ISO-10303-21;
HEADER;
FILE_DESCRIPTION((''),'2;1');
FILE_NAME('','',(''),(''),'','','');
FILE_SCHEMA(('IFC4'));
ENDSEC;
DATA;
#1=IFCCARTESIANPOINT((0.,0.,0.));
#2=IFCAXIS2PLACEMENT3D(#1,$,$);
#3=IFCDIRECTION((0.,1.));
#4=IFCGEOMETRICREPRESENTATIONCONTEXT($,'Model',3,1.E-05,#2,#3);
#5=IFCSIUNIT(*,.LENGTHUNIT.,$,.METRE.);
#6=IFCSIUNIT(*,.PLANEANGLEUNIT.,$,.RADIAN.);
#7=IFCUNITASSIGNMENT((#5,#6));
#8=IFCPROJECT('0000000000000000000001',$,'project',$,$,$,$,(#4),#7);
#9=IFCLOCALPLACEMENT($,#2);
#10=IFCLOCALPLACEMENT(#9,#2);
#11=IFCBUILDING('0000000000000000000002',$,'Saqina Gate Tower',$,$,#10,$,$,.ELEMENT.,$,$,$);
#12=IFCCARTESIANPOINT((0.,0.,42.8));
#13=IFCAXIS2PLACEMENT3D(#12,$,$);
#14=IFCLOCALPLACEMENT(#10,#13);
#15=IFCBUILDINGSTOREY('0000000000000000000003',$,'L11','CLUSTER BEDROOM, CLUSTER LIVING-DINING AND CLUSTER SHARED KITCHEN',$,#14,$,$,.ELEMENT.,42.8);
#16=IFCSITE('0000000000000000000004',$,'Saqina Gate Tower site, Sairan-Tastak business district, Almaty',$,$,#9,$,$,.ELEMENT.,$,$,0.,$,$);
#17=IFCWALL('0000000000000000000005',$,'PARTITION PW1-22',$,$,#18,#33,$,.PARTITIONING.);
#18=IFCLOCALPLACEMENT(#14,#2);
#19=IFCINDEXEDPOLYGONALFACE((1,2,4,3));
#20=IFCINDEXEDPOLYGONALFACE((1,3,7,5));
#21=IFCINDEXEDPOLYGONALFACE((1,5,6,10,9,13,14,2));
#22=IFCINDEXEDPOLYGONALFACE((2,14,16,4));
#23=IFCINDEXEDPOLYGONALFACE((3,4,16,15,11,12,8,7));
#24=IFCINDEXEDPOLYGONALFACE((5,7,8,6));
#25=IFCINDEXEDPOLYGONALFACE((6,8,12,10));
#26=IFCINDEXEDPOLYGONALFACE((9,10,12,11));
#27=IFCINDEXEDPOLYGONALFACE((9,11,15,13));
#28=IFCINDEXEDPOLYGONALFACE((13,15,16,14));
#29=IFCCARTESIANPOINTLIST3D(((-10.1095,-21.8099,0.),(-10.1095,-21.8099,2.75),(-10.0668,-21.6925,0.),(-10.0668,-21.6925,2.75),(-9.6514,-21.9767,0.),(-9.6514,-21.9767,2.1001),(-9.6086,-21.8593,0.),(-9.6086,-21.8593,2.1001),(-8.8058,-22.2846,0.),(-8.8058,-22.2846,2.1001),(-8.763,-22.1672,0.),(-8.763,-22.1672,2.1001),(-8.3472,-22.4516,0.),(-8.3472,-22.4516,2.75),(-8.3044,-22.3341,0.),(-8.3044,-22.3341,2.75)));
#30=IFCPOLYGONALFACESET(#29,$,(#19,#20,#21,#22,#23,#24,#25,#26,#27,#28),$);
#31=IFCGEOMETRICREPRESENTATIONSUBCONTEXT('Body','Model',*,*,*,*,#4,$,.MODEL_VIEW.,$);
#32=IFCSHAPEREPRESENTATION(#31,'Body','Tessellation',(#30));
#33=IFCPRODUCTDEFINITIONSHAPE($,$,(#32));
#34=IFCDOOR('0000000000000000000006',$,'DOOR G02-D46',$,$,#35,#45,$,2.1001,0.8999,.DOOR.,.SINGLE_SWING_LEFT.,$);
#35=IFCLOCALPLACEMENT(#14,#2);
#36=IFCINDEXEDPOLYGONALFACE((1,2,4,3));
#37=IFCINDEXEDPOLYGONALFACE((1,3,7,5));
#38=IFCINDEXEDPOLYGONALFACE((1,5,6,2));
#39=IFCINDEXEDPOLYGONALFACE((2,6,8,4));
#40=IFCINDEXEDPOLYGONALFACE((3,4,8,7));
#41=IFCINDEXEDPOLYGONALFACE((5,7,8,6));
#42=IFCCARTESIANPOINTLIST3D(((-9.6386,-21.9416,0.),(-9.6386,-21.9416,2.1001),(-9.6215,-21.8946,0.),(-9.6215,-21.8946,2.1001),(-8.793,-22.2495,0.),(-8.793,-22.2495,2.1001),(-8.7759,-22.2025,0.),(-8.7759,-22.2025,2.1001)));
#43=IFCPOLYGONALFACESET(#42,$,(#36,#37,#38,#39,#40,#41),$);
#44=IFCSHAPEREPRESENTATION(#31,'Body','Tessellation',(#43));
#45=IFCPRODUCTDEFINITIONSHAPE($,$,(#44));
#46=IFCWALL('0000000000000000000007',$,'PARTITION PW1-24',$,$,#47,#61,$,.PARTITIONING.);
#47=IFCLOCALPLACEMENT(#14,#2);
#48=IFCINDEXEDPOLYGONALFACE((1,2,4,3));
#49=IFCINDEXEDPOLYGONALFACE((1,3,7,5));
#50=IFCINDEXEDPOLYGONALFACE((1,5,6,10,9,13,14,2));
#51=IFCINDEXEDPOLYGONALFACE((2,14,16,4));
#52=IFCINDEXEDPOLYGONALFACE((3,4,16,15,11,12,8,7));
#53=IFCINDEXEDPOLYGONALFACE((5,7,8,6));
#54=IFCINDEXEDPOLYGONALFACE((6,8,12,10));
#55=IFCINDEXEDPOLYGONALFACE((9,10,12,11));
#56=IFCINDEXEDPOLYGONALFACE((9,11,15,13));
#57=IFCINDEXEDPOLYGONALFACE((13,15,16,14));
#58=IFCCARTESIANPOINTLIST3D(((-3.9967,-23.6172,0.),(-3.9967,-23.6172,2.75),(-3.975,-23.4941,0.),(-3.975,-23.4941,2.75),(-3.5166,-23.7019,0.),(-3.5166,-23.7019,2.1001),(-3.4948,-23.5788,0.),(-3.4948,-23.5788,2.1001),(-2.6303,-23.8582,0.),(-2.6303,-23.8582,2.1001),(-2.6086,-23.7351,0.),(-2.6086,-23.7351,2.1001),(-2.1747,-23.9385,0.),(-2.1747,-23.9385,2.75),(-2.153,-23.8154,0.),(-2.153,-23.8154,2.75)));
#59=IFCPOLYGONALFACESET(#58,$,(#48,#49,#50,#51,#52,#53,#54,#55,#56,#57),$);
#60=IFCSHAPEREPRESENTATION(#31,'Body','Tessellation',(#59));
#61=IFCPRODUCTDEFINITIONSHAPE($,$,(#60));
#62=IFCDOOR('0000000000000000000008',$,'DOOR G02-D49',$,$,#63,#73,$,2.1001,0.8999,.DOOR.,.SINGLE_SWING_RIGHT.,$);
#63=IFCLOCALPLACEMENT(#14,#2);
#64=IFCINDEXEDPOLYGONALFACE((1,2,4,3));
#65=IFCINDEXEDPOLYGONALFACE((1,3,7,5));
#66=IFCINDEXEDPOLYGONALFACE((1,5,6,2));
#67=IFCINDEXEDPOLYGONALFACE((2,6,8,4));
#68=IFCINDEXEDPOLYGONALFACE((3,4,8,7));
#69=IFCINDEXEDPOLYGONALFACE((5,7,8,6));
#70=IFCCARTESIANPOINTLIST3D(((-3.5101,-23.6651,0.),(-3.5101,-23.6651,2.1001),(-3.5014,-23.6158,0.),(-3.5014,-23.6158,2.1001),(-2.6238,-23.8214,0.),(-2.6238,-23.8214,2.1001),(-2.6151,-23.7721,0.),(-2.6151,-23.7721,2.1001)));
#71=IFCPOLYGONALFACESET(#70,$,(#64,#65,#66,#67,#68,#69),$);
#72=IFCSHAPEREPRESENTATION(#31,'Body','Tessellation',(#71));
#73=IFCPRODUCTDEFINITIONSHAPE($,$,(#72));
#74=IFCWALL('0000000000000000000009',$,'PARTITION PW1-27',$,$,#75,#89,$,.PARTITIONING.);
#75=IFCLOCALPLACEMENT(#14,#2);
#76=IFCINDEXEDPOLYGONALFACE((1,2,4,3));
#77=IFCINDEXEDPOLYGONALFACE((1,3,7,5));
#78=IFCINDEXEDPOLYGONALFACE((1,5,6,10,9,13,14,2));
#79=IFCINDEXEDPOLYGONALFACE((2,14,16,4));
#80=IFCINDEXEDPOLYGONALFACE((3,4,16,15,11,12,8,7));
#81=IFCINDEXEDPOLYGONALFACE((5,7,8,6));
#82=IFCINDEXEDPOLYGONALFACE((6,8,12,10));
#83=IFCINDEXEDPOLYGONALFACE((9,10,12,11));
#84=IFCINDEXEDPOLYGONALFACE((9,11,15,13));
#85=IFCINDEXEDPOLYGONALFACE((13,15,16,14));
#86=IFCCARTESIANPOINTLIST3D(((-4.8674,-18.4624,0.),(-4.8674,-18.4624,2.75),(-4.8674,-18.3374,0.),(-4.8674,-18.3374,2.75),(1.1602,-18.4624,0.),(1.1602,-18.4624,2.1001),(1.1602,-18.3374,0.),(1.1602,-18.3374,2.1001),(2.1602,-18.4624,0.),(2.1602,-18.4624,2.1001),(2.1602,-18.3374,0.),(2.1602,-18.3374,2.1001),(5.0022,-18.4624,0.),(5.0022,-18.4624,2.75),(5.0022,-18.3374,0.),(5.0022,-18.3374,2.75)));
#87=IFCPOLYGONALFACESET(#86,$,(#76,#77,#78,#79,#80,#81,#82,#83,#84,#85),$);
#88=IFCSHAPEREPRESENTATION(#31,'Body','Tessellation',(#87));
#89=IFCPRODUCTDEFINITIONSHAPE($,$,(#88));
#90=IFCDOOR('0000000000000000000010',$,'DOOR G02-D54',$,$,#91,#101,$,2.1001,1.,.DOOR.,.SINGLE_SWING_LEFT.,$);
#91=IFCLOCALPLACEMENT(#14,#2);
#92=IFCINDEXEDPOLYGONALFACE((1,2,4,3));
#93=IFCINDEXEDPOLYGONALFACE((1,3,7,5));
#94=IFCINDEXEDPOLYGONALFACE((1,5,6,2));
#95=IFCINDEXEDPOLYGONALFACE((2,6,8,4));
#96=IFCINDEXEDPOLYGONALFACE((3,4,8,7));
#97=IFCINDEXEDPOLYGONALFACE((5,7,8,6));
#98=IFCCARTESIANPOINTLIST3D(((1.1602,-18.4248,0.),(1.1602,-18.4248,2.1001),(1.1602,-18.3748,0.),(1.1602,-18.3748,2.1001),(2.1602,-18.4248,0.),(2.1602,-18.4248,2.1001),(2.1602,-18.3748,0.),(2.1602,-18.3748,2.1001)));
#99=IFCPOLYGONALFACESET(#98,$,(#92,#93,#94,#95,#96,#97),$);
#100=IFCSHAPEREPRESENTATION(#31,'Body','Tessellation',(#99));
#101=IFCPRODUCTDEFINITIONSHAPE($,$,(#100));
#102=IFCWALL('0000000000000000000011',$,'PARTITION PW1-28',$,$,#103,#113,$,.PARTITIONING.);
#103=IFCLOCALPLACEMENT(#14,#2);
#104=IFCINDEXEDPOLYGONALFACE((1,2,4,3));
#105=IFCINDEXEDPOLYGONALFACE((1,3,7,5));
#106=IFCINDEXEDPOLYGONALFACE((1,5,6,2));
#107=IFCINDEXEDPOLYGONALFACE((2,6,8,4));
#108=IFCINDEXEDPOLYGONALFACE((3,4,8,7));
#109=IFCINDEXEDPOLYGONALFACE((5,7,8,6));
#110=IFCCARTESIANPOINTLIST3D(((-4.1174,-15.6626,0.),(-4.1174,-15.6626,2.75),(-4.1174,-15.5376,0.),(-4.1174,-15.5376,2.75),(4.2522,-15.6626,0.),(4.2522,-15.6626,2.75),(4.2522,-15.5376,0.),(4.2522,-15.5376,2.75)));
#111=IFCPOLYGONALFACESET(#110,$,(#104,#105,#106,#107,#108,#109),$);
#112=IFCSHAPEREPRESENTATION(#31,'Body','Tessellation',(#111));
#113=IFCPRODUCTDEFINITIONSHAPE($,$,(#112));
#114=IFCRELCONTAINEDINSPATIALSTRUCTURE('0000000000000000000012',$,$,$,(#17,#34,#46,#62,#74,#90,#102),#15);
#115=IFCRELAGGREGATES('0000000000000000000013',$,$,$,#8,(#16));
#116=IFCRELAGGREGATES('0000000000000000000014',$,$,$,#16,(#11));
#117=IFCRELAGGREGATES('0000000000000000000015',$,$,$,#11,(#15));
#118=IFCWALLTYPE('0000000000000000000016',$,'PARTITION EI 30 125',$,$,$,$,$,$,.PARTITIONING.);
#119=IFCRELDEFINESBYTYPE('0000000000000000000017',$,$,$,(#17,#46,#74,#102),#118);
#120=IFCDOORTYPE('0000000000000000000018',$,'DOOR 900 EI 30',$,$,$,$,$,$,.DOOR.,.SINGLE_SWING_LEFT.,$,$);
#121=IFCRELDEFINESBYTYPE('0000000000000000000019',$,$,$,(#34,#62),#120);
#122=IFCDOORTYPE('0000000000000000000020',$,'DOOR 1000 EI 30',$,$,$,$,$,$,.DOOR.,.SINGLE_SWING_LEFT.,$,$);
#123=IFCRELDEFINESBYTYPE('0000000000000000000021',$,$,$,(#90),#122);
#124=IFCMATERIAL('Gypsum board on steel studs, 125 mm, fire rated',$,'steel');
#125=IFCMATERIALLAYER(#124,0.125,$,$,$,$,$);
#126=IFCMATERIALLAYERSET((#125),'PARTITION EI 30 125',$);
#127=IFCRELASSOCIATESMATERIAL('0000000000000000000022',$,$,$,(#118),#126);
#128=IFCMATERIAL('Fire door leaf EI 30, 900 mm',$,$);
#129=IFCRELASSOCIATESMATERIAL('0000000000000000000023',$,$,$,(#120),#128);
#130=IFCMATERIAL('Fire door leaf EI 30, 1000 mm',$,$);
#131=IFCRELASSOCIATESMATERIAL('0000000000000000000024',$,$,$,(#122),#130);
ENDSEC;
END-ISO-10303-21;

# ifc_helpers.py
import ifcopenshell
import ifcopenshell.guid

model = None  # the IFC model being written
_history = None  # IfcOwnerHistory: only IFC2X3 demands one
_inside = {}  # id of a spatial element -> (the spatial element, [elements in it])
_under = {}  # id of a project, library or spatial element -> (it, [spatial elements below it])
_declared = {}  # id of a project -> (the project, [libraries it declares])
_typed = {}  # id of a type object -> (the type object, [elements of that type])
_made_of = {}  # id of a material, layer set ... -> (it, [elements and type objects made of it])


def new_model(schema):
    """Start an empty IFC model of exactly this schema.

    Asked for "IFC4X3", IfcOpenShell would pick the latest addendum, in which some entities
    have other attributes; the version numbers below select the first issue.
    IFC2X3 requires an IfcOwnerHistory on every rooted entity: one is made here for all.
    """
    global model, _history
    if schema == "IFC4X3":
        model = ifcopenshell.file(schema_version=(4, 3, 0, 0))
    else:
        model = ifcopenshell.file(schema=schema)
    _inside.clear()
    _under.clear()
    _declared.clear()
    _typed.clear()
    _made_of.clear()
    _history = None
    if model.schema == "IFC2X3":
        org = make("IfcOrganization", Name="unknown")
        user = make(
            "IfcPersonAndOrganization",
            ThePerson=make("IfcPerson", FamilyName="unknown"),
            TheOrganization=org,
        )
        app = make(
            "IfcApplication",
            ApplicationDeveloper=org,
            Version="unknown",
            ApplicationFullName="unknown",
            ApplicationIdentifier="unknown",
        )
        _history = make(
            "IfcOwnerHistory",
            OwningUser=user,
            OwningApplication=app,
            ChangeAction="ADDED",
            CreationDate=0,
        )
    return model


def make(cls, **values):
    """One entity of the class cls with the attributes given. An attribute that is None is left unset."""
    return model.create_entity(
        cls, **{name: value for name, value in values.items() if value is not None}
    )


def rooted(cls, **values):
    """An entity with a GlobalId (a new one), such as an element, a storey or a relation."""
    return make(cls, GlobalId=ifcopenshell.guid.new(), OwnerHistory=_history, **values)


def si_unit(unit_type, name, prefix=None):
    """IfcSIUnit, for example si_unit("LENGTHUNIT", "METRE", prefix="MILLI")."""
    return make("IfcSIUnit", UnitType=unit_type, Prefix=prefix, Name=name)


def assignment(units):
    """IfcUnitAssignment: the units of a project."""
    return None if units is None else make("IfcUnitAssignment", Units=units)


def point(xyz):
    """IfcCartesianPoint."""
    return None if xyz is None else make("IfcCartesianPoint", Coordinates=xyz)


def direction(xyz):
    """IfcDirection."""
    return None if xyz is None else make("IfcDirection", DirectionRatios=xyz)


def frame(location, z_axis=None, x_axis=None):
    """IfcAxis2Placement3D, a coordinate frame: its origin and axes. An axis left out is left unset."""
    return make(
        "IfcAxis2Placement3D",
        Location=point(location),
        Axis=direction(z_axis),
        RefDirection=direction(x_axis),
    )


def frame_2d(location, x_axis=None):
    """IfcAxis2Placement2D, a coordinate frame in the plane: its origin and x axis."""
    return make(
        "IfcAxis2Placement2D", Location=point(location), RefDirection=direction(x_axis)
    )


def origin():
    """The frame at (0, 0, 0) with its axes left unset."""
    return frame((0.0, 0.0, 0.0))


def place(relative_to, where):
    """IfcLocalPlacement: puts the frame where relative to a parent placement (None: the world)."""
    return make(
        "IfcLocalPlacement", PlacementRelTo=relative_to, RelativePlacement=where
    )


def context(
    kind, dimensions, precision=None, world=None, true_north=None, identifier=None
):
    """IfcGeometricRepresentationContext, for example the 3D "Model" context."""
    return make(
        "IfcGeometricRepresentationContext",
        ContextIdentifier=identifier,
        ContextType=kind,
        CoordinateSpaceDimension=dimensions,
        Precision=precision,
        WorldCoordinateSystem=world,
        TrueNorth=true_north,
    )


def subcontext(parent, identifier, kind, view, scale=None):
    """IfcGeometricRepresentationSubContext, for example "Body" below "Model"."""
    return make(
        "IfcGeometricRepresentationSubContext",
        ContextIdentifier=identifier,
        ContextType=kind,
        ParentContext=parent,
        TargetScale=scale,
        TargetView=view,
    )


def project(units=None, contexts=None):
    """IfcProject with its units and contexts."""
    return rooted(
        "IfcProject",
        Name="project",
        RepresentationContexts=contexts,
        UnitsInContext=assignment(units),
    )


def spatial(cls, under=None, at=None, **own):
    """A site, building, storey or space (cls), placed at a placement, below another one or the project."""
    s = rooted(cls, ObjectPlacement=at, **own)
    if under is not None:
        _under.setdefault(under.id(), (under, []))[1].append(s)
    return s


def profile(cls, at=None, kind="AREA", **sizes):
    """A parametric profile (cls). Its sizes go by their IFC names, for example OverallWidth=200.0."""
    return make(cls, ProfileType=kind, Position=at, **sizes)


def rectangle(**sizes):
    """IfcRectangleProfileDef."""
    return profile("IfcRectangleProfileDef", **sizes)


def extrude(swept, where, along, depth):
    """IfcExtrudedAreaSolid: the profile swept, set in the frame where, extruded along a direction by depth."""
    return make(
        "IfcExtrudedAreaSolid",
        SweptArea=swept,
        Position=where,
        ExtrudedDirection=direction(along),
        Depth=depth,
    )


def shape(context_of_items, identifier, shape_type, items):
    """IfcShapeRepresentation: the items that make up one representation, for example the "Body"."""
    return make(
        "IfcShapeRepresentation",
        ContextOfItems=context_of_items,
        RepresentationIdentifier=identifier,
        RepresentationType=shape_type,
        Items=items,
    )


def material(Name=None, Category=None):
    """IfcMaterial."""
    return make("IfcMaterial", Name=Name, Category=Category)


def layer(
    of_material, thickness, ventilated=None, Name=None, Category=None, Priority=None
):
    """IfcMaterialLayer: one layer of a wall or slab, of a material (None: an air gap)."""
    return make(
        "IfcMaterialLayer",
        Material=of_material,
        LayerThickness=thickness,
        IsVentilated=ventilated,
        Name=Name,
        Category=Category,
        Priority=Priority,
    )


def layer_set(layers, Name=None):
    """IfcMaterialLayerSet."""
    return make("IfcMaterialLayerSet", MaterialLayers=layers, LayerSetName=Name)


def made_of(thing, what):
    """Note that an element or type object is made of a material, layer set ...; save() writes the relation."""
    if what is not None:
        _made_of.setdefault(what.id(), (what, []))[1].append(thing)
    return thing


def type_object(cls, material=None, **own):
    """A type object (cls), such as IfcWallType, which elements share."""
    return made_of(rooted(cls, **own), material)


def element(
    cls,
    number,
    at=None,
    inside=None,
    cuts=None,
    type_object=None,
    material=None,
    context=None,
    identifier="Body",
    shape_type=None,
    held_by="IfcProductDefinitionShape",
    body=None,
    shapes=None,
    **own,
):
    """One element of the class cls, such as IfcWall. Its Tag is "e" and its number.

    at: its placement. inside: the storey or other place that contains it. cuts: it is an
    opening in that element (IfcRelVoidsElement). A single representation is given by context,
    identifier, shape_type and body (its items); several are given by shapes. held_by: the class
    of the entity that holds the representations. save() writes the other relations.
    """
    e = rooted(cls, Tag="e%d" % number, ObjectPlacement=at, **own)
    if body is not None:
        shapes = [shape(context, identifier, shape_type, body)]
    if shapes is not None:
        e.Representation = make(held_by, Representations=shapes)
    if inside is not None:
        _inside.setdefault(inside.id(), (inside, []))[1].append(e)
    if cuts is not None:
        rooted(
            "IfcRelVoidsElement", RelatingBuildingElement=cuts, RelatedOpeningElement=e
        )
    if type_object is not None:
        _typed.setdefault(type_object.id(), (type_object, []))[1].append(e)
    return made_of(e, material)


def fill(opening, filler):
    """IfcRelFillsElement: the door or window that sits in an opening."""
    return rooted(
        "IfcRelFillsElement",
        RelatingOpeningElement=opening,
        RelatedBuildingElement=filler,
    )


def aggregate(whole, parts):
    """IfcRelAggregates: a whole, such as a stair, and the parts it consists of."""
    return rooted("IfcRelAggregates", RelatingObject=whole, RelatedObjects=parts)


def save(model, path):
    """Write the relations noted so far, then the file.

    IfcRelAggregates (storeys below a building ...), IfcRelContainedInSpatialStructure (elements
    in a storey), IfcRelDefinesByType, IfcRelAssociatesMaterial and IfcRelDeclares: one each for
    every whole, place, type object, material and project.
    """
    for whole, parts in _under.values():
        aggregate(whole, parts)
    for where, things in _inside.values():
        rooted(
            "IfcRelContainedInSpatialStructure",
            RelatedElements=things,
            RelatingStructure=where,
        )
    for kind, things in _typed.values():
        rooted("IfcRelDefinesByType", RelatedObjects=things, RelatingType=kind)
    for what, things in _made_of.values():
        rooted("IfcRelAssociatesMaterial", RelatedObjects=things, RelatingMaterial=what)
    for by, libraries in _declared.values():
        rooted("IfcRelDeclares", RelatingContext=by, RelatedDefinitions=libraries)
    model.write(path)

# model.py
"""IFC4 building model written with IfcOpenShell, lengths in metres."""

from ifc_helpers import new_model, si_unit, direction, frame, frame_2d, origin, place, context, subcontext, project, spatial, rectangle, extrude, material, layer, layer_set, type_object, element, fill, save


model = new_model("IFC4")

# Units and contexts
model_context = context("Model", 3, precision=1e-05, world=origin(), true_north=direction((0.0, 1.0)))
body_context = subcontext(model_context, "Body", "Model", "MODEL_VIEW")
ifc_project = project(units=[si_unit("LENGTHUNIT", "METRE"), si_unit("PLANEANGLEUNIT", "RADIAN")], contexts=[model_context])

# Site, building, storey
site_placement = place(None, origin())
site = spatial("IfcSite", under=ifc_project, at=site_placement, Name="Saqina Gate Tower site, Sairan-Tastak business district, Almaty", CompositionType="ELEMENT", RefElevation=0.0)
building_placement = place(site_placement, origin())
building = spatial("IfcBuilding", under=site, at=building_placement, Name="Saqina Gate Tower", CompositionType="ELEMENT")
storey_placement = place(building_placement, frame((0.0, 0.0, 42.8)))
storey = spatial("IfcBuildingStorey", under=building, at=storey_placement, Name="L11", Description="CLUSTER BEDROOM, CLUSTER LIVING-DINING AND CLUSTER SHARED KITCHEN", CompositionType="ELEMENT", Elevation=42.8)

# Walls, openings, doors
ifc_material_1 = material(Name="Gypsum board on steel studs, 125 mm, fire rated", Category="steel")
ifc_layer_1 = layer(ifc_material_1, 0.125)
ifc_layer_set_1 = layer_set([ifc_layer_1], Name="PARTITION EI 30 125")
wall_type_1 = type_object("IfcWallType", Name="PARTITION EI 30 125", PredefinedType="PARTITIONING", material=ifc_layer_set_1)
ifc_material_2 = material(Name="Fire door leaf EI 30, 900 mm")
door_type_1 = type_object("IfcDoorType", Name="DOOR 900 EI 30", OperationType="SINGLE_SWING_LEFT", PredefinedType="DOOR", material=ifc_material_2)
wall_1_placement = place(storey_placement, frame((-10.0881, -21.7512, 0.0), z_axis=(0.0, 0.0, 1.0), x_axis=(0.939657, -0.342119, 0.0)))
wall_1 = element("IfcWall", 1, at=wall_1_placement, inside=storey, type_object=wall_type_1, Name="PARTITION PW1-22", PredefinedType="PARTITIONING", context=body_context, shape_type="SweptSolid", body=[
    extrude(rectangle(XDim=1.8755, YDim=0.125, at=frame_2d((0.9377, 0.0))), origin(), (0.0, 0.0, 1.0), 2.75),
])
opening_1_placement = place(wall_1_placement, frame((0.4875, 0.0, 0.0)))
opening_1 = element("IfcOpeningElement", 2, at=opening_1_placement, cuts=wall_1, PredefinedType="OPENING", context=body_context, shape_type="SweptSolid", body=[
    extrude(rectangle(XDim=0.8999, YDim=2.1001, at=frame_2d((0.45, 1.05))), frame((0.0, 0.0745, 0.0), z_axis=(0.0, -1.0, 0.0), x_axis=(1.0, 0.0, 0.0)), (0.0, 0.0, 1.0), 0.1489),
])
door_1_placement = place(opening_1_placement, origin())
door_1 = element("IfcDoor", 3, at=door_1_placement, inside=storey, type_object=door_type_1, Name="DOOR G02-D46", OperationType="SINGLE_SWING_LEFT", OverallHeight=2.1001, OverallWidth=0.8999, PredefinedType="DOOR", context=body_context, shape_type="SweptSolid", body=[
    extrude(rectangle(XDim=0.8999, YDim=2.1001, at=frame_2d((0.45, 1.05))), frame((0.0, 0.0249, 0.0), z_axis=(0.0, -1.0, 0.0), x_axis=(1.0, 0.0, 0.0)), (0.0, 0.0, 1.0), 0.05),
])
fill(opening_1, door_1)
wall_2_placement = place(storey_placement, frame((-3.9858, -23.5557, 0.0), z_axis=(0.0, 0.0, 1.0), x_axis=(0.984806, -0.173657, 0.0)))
wall_2 = element("IfcWall", 4, at=wall_2_placement, inside=storey, type_object=wall_type_1, Name="PARTITION PW1-24", PredefinedType="PARTITIONING", context=body_context, shape_type="SweptSolid", body=[
    extrude(rectangle(XDim=1.8501, YDim=0.125, at=frame_2d((0.925, 0.0))), origin(), (0.0, 0.0, 1.0), 2.75),
])
opening_2_placement = place(wall_2_placement, frame((0.4875, 0.0, 0.0)))
opening_2 = element("IfcOpeningElement", 5, at=opening_2_placement, cuts=wall_2, PredefinedType="OPENING", context=body_context, shape_type="SweptSolid", body=[
    extrude(rectangle(XDim=0.8999, YDim=2.1001, at=frame_2d((0.45, 1.05))), frame((0.0, 0.0745, 0.0), z_axis=(0.0, -1.0, 0.0), x_axis=(1.0, 0.0, 0.0)), (0.0, 0.0, 1.0), 0.1489),
])
door_2_placement = place(opening_2_placement, origin())
door_2 = element("IfcDoor", 6, at=door_2_placement, inside=storey, type_object=door_type_1, Name="DOOR G02-D49", OperationType="SINGLE_SWING_RIGHT", OverallHeight=2.1001, OverallWidth=0.8999, PredefinedType="DOOR", context=body_context, shape_type="SweptSolid", body=[
    extrude(rectangle(XDim=0.8999, YDim=2.1001, at=frame_2d((0.45, 1.05))), frame((0.0, 0.0249, 0.0), z_axis=(0.0, -1.0, 0.0), x_axis=(1.0, 0.0, 0.0)), (0.0, 0.0, 1.0), 0.05),
])
fill(opening_2, door_2)
wall_3_placement = place(storey_placement, frame((-4.8674, -18.3999, 0.0), z_axis=(0.0, 0.0, 1.0), x_axis=(1.0, 0.0, 0.0)))
wall_3 = element("IfcWall", 7, at=wall_3_placement, inside=storey, type_object=wall_type_1, Name="PARTITION PW1-27", PredefinedType="PARTITIONING", context=body_context, shape_type="SweptSolid", body=[
    extrude(rectangle(XDim=9.8696, YDim=0.125, at=frame_2d((4.9348, 0.0))), origin(), (0.0, 0.0, 1.0), 2.75),
])
opening_3_placement = place(wall_3_placement, frame((6.0276, 0.0, 0.0)))
opening_3 = element("IfcOpeningElement", 8, at=opening_3_placement, cuts=wall_3, PredefinedType="OPENING", context=body_context, shape_type="SweptSolid", body=[
    extrude(rectangle(XDim=1.0, YDim=2.1001, at=frame_2d((0.5, 1.05))), frame((0.0, 0.0745, 0.0), z_axis=(0.0, -1.0, 0.0), x_axis=(1.0, 0.0, 0.0)), (0.0, 0.0, 1.0), 0.1489),
])
ifc_material_3 = material(Name="Fire door leaf EI 30, 1000 mm")
door_type_2 = type_object("IfcDoorType", Name="DOOR 1000 EI 30", OperationType="SINGLE_SWING_LEFT", PredefinedType="DOOR", material=ifc_material_3)
door_3_placement = place(opening_3_placement, frame((1.0, 0.0, 0.0), z_axis=(0.0, 0.0, 1.0), x_axis=(-1.0, 0.0, 0.0)))
door_3 = element("IfcDoor", 9, at=door_3_placement, inside=storey, type_object=door_type_2, Name="DOOR G02-D54", OperationType="SINGLE_SWING_LEFT", OverallHeight=2.1001, OverallWidth=1.0, PredefinedType="DOOR", context=body_context, shape_type="SweptSolid", body=[
    extrude(rectangle(XDim=1.0, YDim=2.1001, at=frame_2d((0.5, 1.05))), frame((0.0, 0.0249, 0.0), z_axis=(0.0, -1.0, 0.0), x_axis=(1.0, 0.0, 0.0)), (0.0, 0.0, 1.0), 0.05),
])
fill(opening_3, door_3)

# Wall
wall_4_placement = place(storey_placement, frame((-4.1174, -15.6001, 0.0), z_axis=(0.0, 0.0, 1.0), x_axis=(1.0, 0.0, 0.0)))
element("IfcWall", 10, at=wall_4_placement, inside=storey, type_object=wall_type_1, Name="PARTITION PW1-28", PredefinedType="PARTITIONING", context=body_context, shape_type="SweptSolid", body=[
    extrude(rectangle(XDim=8.3696, YDim=0.125, at=frame_2d((4.1848, 0.0))), origin(), (0.0, 0.0, 1.0), 2.75),
])

save(model, "model.ifc")
